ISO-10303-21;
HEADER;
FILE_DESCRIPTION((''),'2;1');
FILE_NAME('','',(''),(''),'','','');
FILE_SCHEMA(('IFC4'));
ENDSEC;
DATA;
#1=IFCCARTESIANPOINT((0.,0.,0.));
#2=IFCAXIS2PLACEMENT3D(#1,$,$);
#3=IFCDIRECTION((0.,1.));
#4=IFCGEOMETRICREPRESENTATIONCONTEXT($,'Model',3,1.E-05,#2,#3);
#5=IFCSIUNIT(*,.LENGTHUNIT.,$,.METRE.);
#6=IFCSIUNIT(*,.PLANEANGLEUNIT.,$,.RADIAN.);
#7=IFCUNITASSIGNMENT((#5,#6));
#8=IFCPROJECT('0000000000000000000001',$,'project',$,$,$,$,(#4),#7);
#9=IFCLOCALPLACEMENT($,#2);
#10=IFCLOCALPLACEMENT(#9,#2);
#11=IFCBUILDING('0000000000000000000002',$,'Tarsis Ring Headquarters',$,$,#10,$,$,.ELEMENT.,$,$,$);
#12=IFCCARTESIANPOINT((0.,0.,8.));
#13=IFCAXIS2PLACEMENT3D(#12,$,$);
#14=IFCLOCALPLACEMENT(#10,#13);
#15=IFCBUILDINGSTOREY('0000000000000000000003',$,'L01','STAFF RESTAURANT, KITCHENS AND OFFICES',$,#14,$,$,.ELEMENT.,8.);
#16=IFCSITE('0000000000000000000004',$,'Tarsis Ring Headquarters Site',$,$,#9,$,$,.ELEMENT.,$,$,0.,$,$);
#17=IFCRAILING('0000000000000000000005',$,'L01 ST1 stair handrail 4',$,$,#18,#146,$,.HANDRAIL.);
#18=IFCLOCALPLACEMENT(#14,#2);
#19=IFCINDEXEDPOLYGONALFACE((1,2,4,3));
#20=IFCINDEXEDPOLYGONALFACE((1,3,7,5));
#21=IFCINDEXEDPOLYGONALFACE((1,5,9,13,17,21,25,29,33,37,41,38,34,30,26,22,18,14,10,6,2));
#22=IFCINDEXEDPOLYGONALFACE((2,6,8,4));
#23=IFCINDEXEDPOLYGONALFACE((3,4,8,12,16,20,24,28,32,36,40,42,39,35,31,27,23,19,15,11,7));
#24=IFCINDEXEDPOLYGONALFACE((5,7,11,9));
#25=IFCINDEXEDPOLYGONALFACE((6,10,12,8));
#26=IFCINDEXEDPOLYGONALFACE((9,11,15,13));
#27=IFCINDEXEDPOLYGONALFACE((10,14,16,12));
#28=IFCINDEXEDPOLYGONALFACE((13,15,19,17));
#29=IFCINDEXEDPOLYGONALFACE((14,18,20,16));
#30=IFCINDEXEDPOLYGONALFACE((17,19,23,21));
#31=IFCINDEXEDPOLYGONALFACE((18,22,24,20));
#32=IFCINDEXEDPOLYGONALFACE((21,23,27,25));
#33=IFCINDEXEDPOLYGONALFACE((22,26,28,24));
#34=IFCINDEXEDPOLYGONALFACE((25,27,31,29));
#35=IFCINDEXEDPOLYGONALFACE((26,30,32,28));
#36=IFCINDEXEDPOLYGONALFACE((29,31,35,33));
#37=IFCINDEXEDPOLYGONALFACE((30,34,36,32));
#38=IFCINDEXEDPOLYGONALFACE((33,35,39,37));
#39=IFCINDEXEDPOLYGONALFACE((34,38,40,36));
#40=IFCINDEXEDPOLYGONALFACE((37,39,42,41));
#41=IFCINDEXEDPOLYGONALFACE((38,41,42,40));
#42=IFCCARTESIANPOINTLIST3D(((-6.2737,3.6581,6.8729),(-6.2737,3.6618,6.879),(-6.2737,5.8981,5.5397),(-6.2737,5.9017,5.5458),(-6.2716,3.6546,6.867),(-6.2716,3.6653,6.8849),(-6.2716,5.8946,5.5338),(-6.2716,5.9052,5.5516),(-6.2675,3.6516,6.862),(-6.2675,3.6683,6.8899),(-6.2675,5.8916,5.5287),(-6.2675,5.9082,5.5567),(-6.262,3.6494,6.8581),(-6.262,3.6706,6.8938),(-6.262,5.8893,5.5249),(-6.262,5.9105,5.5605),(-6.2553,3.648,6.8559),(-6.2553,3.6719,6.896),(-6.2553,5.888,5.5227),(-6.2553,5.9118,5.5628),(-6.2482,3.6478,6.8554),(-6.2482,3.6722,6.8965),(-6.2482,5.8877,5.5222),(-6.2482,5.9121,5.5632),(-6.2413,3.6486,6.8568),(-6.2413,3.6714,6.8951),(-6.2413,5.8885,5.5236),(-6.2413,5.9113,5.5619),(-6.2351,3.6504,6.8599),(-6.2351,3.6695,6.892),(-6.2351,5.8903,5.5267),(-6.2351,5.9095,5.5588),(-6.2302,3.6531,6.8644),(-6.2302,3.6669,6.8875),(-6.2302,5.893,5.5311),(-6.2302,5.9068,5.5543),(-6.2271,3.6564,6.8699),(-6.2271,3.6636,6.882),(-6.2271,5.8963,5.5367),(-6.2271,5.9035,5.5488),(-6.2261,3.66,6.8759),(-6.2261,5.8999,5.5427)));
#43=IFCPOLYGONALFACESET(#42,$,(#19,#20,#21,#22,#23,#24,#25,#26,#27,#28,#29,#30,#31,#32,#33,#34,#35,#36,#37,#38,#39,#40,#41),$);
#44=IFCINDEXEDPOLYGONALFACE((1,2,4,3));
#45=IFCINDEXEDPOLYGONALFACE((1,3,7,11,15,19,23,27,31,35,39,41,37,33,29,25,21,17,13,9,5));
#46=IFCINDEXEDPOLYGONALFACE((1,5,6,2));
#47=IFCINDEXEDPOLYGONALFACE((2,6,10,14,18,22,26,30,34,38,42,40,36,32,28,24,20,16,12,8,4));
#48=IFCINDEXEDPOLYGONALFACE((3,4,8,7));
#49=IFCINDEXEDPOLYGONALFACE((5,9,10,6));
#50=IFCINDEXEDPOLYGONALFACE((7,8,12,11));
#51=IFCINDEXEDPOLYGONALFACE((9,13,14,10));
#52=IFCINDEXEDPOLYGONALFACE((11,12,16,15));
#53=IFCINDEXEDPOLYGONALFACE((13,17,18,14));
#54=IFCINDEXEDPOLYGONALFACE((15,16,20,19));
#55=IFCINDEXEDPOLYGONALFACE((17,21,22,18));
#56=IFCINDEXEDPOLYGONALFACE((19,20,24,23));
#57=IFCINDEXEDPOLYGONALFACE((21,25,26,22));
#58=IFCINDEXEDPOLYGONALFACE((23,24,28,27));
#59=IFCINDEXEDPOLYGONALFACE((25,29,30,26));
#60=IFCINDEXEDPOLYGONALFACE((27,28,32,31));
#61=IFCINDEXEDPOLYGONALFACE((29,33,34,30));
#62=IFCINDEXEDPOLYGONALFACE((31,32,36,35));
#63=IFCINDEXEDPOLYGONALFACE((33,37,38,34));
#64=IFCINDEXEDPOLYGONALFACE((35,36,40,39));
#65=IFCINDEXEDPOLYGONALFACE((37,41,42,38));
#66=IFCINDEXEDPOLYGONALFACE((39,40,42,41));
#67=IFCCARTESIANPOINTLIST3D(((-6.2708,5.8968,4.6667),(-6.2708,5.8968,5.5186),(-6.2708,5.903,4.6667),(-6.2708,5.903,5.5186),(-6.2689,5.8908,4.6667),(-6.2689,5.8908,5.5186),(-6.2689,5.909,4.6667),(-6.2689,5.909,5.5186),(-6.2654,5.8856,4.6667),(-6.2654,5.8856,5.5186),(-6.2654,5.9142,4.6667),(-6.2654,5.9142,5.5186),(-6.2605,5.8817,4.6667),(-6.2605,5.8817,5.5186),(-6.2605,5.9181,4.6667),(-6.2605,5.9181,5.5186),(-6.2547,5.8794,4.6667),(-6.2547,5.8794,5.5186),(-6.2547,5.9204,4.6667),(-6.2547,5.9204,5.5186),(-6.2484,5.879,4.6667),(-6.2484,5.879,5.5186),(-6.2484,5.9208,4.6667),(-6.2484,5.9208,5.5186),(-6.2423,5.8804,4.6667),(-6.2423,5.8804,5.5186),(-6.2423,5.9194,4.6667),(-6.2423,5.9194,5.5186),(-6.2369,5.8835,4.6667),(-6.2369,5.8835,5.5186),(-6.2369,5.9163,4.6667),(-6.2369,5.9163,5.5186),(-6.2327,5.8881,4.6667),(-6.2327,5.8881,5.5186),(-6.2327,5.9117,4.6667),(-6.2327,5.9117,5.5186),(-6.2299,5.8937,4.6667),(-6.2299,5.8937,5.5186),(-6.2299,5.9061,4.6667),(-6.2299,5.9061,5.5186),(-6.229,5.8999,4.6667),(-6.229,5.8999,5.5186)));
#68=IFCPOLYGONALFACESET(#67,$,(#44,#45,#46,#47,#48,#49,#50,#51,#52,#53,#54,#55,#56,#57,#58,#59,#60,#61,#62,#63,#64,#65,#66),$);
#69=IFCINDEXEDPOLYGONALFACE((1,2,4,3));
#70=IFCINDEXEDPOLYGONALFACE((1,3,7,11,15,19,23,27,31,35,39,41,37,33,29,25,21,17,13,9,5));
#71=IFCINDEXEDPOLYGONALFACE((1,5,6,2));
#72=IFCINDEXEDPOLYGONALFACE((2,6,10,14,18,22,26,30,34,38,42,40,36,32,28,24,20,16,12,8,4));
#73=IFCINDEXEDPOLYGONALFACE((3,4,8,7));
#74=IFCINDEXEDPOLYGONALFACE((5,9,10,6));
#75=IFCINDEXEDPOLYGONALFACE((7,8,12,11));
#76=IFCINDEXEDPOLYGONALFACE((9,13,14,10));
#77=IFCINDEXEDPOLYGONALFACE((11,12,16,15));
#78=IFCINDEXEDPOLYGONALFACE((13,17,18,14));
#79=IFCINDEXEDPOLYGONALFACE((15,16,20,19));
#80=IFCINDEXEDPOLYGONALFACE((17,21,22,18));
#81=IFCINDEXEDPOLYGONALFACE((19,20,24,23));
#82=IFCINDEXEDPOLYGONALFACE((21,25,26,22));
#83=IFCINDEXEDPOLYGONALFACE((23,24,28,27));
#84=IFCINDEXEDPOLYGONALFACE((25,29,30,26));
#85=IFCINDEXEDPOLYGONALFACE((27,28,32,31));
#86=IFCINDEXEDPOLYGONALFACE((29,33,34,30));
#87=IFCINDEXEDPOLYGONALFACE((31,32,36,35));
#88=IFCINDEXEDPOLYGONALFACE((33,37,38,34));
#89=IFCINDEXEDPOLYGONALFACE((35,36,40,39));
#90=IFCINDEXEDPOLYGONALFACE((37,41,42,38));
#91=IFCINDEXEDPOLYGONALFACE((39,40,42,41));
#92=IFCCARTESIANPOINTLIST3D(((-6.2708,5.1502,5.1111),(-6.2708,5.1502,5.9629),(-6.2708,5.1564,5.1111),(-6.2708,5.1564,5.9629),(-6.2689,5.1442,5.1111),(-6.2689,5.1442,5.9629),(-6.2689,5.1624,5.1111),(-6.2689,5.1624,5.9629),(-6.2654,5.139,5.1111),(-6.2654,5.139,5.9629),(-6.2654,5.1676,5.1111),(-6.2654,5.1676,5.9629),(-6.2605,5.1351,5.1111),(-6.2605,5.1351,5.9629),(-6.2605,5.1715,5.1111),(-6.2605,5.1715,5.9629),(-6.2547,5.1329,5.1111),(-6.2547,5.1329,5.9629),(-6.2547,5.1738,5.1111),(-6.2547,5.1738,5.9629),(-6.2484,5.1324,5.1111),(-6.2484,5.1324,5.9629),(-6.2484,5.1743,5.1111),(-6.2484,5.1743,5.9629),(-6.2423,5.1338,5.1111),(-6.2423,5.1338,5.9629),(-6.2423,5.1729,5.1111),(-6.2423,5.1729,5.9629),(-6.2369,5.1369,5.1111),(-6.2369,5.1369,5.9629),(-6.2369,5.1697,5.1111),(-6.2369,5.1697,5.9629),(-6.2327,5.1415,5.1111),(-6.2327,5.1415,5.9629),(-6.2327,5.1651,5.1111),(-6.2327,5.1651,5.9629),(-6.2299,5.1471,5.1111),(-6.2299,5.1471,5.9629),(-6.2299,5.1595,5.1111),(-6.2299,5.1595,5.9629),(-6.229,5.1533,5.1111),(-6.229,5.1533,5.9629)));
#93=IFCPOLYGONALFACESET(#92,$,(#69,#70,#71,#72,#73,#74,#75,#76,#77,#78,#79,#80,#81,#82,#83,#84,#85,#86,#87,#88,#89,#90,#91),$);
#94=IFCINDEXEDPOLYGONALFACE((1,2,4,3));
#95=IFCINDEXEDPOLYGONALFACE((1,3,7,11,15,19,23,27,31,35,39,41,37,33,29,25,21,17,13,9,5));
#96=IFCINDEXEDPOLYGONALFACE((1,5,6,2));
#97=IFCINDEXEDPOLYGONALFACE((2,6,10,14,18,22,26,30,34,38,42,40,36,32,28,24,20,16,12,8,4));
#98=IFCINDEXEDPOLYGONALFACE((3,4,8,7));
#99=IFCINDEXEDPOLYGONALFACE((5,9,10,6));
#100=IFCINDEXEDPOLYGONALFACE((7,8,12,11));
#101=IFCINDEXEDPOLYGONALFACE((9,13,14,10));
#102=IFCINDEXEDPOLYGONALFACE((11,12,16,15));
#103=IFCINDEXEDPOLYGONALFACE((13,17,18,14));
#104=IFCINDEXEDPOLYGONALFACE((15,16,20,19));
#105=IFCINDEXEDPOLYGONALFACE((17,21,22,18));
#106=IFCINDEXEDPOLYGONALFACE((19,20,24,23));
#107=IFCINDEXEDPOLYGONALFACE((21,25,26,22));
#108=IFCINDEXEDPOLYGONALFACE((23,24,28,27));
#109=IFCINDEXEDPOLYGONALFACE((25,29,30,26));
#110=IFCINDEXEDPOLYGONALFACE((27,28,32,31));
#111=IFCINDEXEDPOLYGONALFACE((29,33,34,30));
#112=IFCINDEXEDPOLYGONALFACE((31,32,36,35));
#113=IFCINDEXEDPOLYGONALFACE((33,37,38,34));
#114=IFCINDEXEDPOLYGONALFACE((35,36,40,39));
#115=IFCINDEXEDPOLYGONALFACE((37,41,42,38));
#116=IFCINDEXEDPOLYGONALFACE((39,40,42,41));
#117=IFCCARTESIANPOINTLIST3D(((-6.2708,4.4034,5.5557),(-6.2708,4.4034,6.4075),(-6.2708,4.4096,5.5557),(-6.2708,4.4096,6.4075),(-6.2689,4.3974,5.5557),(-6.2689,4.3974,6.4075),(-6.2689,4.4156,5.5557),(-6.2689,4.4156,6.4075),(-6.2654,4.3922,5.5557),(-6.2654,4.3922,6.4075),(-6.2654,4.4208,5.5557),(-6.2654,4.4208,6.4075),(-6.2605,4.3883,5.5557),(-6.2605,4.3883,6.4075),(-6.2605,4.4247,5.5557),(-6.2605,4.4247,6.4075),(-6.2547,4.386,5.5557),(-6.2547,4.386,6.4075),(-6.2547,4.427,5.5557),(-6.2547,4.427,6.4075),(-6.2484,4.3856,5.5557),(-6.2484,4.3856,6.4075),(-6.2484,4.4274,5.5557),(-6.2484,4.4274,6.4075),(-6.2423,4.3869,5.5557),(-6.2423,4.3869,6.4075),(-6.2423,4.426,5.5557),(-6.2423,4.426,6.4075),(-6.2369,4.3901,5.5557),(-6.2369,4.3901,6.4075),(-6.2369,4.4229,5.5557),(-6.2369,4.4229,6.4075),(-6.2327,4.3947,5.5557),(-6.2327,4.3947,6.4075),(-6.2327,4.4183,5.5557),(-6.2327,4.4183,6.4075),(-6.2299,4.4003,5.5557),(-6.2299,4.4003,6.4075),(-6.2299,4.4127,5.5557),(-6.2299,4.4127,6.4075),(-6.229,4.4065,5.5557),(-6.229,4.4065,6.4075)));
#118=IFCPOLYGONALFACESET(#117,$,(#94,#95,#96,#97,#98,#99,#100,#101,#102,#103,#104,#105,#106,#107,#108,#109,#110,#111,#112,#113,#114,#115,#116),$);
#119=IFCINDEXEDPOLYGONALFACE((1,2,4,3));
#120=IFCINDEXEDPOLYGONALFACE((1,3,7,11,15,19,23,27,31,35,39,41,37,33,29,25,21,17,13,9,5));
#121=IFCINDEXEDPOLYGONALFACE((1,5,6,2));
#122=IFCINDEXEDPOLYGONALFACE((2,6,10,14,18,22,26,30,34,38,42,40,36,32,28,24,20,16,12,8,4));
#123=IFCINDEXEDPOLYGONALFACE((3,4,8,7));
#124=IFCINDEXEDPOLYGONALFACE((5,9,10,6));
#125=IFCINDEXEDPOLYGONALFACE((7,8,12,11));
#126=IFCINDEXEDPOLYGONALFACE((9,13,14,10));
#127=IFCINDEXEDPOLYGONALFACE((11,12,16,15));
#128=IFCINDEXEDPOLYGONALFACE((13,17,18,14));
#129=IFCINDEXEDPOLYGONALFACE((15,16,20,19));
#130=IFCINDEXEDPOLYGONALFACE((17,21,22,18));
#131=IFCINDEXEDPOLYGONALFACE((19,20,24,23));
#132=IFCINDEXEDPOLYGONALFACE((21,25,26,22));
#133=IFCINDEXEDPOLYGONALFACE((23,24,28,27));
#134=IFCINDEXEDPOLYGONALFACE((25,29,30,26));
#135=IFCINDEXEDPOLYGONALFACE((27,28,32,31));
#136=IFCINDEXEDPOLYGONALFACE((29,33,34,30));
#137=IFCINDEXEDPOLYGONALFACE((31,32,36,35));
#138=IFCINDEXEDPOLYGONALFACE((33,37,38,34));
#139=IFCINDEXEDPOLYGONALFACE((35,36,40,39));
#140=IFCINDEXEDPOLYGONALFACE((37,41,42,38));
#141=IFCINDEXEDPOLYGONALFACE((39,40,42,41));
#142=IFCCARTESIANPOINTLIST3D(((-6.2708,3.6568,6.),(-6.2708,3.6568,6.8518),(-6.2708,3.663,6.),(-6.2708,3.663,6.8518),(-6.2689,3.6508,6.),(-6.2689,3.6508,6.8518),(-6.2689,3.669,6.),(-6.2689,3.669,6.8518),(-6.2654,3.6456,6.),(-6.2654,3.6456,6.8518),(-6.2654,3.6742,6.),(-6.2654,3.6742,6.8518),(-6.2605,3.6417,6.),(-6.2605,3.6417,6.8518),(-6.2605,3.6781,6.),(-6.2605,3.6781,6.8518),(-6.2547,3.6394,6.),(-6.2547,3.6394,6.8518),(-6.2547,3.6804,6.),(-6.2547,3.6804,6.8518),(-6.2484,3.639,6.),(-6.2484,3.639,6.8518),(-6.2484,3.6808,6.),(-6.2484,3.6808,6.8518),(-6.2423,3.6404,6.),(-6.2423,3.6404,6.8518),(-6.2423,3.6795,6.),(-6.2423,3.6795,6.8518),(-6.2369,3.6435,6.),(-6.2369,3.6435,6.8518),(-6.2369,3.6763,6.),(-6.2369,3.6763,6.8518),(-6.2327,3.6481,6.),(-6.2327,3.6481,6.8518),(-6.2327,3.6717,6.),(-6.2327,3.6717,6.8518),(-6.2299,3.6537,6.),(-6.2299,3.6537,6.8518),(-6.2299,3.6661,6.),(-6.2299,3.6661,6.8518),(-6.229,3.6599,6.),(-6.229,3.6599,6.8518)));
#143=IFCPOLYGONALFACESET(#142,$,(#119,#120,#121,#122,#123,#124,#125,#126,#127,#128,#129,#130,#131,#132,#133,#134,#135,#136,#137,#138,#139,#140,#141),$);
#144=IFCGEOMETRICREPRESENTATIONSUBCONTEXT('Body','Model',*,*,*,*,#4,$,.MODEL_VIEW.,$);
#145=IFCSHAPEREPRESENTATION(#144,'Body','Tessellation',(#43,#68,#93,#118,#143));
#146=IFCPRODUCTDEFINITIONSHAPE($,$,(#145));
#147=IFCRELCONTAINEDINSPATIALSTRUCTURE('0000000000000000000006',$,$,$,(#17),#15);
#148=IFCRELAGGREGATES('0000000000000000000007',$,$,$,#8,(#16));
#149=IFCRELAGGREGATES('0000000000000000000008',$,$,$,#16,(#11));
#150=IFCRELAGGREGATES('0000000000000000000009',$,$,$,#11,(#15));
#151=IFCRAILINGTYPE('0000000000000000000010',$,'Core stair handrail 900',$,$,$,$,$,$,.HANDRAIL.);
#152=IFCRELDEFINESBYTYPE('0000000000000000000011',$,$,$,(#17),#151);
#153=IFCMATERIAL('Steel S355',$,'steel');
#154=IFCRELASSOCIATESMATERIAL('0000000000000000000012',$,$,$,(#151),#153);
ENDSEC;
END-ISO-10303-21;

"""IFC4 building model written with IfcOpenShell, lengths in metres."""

from ifc_helpers import new_model, si_unit, direction, frame, origin, origin_2d, place, context, subcontext, project, spatial, circle, extrude, material, type_object, element, save


model = new_model("IFC4")

# Units and contexts
model_context = context("Model", 3, precision=1e-05, world=origin(), true_north=direction((0.0, 1.0)))
body_context = subcontext(model_context, "Body", "Model", "MODEL_VIEW")
ifc_project = project(units=[si_unit("LENGTHUNIT", "METRE"), si_unit("PLANEANGLEUNIT", "RADIAN")], contexts=[model_context])

# Site, building, storey
site_placement = place(None, origin())
site = spatial("IfcSite", under=ifc_project, at=site_placement, Name="Tarsis Ring Headquarters Site", CompositionType="ELEMENT", RefElevation=0.0)
building_placement = place(site_placement, origin())
building = spatial("IfcBuilding", under=site, at=building_placement, Name="Tarsis Ring Headquarters", CompositionType="ELEMENT")
storey_placement = place(building_placement, frame((0.0, 0.0, 8.0)))
storey = spatial("IfcBuildingStorey", under=building, at=storey_placement, Name="L01", Description="STAFF RESTAURANT, KITCHENS AND OFFICES", CompositionType="ELEMENT", Elevation=8.0)

# Shared definitions
ifc_material_1 = material(Name="Steel S355", Category="steel")

# Railing
railing_type_1 = type_object("IfcRailingType", Name="Core stair handrail 900", PredefinedType="HANDRAIL", material=ifc_material_1)
railing_1_placement = place(storey_placement, frame((-6.25, 5.8999, 4.6667)))
element("IfcRailing", 1, at=railing_1_placement, inside=storey, type_object=railing_type_1, Name="L01 ST1 stair handrail 4", PredefinedType="HANDRAIL", context=body_context, shape_type="SweptSolid", body=[
    extrude(circle(Radius=0.0239, at=origin_2d()), frame((0.0, 0.0, 0.876), z_axis=(0.0, -0.859306, 0.511462), x_axis=(1.0, 0.0, 0.0)), (0.0, 0.0, 1.0), 2.6067),
    extrude(circle(Radius=0.021, at=origin_2d()), origin(), (0.0, 0.0, 1.0), 0.8518),
    extrude(circle(Radius=0.021, at=origin_2d()), frame((0.0, -0.7466, 0.4443)), (0.0, 0.0, 1.0), 0.8518),
    extrude(circle(Radius=0.021, at=origin_2d()), frame((0.0, -1.4934, 0.8889)), (0.0, 0.0, 1.0), 0.8518),
    extrude(circle(Radius=0.021, at=origin_2d()), frame((0.0, -2.24, 1.3333)), (0.0, 0.0, 1.0), 0.8518),
])

save(model, "model.ifc")
